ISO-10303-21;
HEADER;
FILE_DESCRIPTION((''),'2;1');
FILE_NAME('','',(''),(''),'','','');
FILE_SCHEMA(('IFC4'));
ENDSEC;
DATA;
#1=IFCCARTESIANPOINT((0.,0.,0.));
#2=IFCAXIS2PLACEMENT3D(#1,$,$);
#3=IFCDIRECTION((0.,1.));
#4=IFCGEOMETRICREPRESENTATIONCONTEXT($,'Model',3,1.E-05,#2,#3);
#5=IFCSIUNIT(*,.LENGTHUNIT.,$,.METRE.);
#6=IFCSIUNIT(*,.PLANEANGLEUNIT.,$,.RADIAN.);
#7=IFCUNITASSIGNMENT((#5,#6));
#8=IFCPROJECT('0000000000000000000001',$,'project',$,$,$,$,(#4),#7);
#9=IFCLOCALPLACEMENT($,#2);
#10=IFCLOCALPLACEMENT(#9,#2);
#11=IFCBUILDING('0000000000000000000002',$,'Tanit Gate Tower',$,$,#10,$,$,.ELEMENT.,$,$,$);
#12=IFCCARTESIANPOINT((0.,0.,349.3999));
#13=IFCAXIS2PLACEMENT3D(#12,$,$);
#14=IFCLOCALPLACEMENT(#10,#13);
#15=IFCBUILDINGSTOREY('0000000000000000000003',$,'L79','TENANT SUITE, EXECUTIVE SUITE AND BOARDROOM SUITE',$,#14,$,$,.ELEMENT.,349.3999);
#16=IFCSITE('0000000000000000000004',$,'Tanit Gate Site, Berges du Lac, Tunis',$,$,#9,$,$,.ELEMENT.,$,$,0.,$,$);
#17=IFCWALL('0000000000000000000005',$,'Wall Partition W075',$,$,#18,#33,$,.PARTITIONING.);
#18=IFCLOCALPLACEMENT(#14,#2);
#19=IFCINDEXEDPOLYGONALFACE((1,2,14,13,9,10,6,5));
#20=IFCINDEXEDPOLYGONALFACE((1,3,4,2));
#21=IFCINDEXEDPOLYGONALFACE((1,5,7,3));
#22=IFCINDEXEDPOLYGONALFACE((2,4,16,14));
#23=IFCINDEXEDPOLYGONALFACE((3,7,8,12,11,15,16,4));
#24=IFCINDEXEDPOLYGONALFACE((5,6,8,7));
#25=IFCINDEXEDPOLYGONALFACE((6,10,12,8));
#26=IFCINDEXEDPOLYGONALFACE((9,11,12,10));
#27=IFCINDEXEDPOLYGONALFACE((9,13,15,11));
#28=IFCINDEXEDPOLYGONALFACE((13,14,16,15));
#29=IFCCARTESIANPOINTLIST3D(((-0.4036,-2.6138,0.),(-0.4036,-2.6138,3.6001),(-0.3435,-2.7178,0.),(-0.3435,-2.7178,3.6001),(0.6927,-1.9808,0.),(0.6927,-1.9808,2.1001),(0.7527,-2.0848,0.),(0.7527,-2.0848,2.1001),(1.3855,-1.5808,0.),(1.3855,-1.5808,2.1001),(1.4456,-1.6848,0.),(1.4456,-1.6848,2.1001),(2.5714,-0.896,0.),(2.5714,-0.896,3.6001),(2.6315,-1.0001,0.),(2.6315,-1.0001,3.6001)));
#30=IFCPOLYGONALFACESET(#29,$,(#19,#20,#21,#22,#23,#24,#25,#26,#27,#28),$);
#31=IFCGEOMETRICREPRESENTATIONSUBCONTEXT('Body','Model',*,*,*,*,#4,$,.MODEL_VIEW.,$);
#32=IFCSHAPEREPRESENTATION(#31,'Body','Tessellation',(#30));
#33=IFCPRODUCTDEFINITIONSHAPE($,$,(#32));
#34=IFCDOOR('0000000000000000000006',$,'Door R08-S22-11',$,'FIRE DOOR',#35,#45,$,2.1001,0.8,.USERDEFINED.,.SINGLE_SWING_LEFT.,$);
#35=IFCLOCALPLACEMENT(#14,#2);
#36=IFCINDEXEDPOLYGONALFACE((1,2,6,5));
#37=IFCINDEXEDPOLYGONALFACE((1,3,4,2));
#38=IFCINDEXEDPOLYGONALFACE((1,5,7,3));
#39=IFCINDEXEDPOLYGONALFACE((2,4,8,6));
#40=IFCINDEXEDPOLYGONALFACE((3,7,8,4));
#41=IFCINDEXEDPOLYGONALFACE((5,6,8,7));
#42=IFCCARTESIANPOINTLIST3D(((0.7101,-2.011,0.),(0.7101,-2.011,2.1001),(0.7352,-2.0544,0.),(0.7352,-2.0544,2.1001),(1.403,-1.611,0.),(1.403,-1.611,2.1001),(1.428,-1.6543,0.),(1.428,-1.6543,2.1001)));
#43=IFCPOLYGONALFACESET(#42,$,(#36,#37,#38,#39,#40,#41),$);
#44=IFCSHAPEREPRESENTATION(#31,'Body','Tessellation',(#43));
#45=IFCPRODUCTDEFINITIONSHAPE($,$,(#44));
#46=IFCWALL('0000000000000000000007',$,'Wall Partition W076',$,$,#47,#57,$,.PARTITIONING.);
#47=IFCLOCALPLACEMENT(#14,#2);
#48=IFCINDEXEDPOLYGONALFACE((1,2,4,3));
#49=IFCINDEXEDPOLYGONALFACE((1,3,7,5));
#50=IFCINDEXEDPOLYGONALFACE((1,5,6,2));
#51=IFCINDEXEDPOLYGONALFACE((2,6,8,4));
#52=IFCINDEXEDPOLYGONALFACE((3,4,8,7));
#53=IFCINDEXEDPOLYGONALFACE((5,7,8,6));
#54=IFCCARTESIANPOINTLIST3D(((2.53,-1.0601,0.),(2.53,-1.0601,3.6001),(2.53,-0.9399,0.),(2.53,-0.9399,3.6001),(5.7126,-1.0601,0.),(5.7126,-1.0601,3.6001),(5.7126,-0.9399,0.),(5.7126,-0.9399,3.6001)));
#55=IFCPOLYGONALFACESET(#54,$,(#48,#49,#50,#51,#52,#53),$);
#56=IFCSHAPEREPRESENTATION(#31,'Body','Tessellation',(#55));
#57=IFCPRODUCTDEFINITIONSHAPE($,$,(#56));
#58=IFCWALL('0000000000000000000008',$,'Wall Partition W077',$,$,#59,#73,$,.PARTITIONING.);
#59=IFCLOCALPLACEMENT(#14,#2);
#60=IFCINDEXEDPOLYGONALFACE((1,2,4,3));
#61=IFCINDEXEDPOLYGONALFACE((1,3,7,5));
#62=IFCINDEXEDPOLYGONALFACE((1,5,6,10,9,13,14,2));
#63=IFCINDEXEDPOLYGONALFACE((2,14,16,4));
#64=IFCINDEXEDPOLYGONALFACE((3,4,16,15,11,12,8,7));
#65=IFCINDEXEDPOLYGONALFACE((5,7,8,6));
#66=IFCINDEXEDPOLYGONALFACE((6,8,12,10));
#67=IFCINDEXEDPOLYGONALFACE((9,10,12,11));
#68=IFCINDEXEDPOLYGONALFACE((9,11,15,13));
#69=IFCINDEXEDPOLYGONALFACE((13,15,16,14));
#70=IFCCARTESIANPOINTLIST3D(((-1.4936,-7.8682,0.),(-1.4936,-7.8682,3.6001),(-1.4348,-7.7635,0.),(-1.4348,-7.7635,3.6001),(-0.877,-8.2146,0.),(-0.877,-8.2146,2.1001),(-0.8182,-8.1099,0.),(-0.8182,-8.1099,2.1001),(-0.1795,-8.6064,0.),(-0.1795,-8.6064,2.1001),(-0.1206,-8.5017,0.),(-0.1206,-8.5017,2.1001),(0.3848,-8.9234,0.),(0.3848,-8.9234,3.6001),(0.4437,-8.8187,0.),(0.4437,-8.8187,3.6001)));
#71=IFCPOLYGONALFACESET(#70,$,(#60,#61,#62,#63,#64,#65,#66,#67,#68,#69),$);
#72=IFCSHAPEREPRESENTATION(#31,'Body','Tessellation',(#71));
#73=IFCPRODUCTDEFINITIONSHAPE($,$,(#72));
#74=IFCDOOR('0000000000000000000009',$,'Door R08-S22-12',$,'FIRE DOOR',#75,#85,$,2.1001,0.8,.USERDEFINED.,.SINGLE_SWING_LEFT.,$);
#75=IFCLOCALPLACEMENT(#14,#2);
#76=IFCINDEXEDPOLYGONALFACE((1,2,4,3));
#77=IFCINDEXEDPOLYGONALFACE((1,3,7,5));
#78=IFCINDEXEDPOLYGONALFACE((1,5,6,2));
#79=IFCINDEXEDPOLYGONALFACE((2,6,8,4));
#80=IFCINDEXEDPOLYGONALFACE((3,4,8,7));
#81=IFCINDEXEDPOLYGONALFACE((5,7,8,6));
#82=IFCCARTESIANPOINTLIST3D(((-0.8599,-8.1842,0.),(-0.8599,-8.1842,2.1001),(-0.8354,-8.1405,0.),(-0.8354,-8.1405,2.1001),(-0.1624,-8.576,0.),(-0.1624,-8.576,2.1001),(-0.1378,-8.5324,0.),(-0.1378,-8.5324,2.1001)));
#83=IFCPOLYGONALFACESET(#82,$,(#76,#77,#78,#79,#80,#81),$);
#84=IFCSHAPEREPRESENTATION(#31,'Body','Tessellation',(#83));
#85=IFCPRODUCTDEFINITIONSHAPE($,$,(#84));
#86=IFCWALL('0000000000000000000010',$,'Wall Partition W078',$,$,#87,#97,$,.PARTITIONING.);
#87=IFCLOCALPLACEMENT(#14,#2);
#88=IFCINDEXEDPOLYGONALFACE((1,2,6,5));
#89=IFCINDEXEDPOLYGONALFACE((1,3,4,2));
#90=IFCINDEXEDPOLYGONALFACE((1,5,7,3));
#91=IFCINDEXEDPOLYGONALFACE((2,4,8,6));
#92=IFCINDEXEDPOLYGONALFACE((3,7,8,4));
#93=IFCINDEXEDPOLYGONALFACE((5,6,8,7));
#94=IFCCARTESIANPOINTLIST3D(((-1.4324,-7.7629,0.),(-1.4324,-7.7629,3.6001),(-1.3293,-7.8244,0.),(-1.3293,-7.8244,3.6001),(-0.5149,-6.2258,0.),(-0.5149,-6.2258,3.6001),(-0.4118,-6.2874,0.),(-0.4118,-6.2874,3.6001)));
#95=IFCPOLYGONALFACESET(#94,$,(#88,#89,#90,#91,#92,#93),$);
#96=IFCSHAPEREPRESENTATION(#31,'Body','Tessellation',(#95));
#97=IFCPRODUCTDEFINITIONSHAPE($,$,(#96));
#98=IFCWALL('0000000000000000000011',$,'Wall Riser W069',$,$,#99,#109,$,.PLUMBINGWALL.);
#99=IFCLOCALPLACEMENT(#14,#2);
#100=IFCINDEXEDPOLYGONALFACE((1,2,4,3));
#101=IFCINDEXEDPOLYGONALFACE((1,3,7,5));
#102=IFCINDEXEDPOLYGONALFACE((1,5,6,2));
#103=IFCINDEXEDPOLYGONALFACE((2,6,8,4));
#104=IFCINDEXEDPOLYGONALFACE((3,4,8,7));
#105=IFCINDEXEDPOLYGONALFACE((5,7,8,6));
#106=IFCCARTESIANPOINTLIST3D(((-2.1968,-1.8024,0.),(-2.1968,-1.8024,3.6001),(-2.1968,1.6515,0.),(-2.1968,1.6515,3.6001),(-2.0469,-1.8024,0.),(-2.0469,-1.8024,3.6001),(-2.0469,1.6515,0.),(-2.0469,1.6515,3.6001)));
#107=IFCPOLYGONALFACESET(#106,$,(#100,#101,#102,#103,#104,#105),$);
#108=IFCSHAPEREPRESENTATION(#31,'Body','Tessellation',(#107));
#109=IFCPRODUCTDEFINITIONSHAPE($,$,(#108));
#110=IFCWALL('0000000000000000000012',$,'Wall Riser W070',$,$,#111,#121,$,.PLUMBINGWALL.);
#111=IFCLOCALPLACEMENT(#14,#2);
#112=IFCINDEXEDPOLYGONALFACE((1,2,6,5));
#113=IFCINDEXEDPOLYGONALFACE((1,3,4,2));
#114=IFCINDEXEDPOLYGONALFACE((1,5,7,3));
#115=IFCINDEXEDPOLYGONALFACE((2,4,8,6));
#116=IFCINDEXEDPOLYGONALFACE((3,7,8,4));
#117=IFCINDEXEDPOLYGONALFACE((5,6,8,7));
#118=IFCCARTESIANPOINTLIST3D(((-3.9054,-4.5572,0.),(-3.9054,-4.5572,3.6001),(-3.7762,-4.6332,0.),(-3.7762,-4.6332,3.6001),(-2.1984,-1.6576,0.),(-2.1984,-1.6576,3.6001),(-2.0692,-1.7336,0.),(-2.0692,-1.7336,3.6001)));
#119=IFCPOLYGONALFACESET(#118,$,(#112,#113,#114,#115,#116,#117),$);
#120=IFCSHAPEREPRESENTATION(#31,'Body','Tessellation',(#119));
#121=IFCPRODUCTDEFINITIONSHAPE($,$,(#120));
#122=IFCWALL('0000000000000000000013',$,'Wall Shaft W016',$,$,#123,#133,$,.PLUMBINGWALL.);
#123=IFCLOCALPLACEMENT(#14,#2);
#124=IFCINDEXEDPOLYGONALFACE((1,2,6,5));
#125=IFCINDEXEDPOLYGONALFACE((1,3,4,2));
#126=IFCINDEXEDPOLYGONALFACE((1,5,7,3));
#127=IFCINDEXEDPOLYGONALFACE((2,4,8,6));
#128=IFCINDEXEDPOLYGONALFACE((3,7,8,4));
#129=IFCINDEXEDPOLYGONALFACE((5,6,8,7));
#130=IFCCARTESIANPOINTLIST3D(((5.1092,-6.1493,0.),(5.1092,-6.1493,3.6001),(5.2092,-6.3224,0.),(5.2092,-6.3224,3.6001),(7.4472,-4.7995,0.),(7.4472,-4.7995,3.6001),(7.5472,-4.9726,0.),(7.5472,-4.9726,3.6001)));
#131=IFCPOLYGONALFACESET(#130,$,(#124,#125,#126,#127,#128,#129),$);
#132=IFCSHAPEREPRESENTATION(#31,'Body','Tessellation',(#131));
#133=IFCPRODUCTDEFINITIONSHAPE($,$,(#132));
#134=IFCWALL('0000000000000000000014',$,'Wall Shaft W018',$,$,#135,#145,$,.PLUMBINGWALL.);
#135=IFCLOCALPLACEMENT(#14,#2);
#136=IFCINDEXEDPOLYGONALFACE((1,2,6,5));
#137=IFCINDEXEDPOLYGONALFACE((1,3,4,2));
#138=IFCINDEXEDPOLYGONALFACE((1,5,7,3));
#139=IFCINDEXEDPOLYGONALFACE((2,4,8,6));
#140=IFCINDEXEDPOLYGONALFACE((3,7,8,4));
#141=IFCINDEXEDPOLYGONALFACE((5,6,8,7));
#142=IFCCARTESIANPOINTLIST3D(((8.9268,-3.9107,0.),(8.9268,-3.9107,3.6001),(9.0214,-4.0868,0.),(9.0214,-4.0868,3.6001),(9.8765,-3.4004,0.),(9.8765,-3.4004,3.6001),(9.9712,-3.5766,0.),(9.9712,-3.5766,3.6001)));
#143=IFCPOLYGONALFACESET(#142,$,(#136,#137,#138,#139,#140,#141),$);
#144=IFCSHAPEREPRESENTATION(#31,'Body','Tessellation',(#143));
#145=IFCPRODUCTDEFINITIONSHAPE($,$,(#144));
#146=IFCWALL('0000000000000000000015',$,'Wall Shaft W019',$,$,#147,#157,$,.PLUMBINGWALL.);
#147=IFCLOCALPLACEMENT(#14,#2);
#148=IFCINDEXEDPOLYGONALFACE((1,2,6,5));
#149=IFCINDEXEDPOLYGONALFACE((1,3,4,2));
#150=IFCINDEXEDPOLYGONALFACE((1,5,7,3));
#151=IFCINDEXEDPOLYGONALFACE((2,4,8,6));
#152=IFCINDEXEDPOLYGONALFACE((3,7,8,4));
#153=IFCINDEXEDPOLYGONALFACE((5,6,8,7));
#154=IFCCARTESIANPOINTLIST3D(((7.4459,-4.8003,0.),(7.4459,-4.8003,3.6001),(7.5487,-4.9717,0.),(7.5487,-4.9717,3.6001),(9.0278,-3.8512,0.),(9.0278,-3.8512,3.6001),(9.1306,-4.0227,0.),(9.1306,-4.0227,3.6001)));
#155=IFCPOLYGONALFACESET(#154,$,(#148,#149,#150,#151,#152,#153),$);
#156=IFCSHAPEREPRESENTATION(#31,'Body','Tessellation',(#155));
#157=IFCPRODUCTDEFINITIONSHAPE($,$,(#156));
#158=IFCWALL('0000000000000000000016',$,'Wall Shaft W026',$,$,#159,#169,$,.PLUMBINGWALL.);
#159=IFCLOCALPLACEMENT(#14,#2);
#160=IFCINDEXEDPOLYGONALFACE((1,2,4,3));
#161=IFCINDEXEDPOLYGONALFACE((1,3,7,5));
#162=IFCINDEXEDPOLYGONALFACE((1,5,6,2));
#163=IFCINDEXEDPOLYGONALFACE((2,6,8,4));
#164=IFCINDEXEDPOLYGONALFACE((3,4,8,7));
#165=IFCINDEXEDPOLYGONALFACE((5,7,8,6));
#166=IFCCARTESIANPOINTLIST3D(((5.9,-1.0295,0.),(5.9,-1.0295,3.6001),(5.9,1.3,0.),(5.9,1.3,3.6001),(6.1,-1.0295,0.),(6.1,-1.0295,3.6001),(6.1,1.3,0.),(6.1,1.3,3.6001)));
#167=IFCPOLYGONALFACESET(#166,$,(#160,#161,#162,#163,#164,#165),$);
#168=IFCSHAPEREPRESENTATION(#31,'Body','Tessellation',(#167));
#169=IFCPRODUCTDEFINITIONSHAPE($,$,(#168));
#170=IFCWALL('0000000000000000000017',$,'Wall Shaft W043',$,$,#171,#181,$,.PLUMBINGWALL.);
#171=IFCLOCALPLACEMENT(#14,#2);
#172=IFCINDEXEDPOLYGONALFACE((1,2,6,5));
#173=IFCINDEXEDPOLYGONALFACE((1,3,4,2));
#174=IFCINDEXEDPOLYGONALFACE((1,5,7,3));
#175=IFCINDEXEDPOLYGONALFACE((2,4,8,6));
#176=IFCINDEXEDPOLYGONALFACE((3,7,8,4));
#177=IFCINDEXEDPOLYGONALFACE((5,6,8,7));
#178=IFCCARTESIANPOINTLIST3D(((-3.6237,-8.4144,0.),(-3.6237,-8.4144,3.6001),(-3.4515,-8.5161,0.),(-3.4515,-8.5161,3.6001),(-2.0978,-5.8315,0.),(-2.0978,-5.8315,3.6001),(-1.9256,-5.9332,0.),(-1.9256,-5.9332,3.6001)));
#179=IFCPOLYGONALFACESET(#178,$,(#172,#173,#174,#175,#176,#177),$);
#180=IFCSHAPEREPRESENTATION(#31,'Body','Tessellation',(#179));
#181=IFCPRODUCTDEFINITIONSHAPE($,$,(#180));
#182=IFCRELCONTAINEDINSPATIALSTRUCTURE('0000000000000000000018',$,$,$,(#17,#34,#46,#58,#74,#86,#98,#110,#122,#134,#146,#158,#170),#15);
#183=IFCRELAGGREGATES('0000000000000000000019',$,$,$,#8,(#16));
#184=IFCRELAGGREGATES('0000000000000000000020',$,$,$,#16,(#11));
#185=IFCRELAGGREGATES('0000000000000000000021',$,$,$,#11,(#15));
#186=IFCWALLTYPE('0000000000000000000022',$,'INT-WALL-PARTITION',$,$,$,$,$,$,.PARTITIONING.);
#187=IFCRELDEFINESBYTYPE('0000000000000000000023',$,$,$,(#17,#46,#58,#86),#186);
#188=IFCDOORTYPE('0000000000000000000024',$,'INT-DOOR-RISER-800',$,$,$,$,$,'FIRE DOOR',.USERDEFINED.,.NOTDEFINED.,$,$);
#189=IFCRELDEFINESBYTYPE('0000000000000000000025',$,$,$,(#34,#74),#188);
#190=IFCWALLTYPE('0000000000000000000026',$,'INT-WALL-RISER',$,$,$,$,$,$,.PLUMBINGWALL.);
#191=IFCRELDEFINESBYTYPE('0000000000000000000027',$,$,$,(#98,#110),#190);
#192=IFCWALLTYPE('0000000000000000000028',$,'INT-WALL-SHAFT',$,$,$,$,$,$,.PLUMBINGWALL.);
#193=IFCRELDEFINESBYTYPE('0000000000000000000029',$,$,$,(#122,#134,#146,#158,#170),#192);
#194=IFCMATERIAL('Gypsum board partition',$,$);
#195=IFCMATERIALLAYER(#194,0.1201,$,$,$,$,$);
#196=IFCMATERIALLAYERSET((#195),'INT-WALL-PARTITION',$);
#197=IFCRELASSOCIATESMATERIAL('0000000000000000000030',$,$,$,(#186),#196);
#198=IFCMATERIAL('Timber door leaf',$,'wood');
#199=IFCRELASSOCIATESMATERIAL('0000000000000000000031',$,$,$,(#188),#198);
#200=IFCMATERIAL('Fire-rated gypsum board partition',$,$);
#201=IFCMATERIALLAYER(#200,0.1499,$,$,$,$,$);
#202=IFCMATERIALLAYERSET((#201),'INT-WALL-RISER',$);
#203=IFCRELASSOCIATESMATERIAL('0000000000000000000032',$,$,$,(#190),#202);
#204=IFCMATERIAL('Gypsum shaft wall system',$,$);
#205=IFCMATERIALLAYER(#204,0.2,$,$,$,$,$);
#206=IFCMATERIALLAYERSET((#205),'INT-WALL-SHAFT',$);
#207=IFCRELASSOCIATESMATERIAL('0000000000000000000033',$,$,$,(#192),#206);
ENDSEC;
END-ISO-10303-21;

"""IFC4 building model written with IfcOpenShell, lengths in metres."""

from ifc_helpers import new_model, si_unit, direction, frame, frame_2d, origin, place, context, subcontext, project, spatial, rectangle, extrude, material, layer, layer_set, type_object, element, fill, save


model = new_model("IFC4")

# Units and contexts
model_context = context("Model", 3, precision=1e-05, world=origin(), true_north=direction((0.0, 1.0)))
body_context = subcontext(model_context, "Body", "Model", "MODEL_VIEW")
ifc_project = project(units=[si_unit("LENGTHUNIT", "METRE"), si_unit("PLANEANGLEUNIT", "RADIAN")], contexts=[model_context])

# Site, building, storey
site_placement = place(None, origin())
site = spatial("IfcSite", under=ifc_project, at=site_placement, Name="Tanit Gate Site, Berges du Lac, Tunis", CompositionType="ELEMENT", RefElevation=0.0)
building_placement = place(site_placement, origin())
building = spatial("IfcBuilding", under=site, at=building_placement, Name="Tanit Gate Tower", CompositionType="ELEMENT")
storey_placement = place(building_placement, frame((0.0, 0.0, 349.3999)))
storey = spatial("IfcBuildingStorey", under=building, at=storey_placement, Name="L79", Description="TENANT SUITE, EXECUTIVE SUITE AND BOARDROOM SUITE", CompositionType="ELEMENT", Elevation=349.3999)

# Shared definitions
ifc_material_1 = material(Name="Gypsum board partition")
ifc_layer_1 = layer(ifc_material_1, 0.1201)
ifc_layer_set_1 = layer_set([ifc_layer_1], Name="INT-WALL-PARTITION")
wall_type_1 = type_object("IfcWallType", Name="INT-WALL-PARTITION", PredefinedType="PARTITIONING", material=ifc_layer_set_1)
ifc_material_2 = material(Name="Timber door leaf", Category="wood")
door_type_1 = type_object("IfcDoorType", Name="INT-DOOR-RISER-800", ElementType="FIRE DOOR", OperationType="NOTDEFINED", PredefinedType="USERDEFINED", material=ifc_material_2)

# Wall, opening, door
wall_1_placement = place(storey_placement, frame((2.6016, -0.948, 0.0), z_axis=(0.0, 0.0, 1.0), x_axis=(-0.866013, -0.500022, 0.0)))
wall_1 = element("IfcWall", 1, at=wall_1_placement, inside=storey, type_object=wall_type_1, Name="Wall Partition W075", PredefinedType="PARTITIONING", context=body_context, shape_type="SweptSolid", body=[
    extrude(rectangle(XDim=3.4353, YDim=0.1201, at=frame_2d((1.7178, 0.0))), origin(), (0.0, 0.0, 1.0), 3.6001),
])
opening_1_placement = place(wall_1_placement, frame((1.3696, 0.0, 0.0)))
opening_1 = element("IfcOpeningElement", 2, at=opening_1_placement, cuts=wall_1, PredefinedType="OPENING", context=body_context, shape_type="SweptSolid", body=[
    extrude(rectangle(XDim=0.8, YDim=2.1001, at=frame_2d((0.3999, 1.05))), frame((0.0, 0.0701, 0.0), z_axis=(0.0, -1.0, 0.0), x_axis=(1.0, 0.0, 0.0)), (0.0, 0.0, 1.0), 0.1401),
])
door_1_placement = place(opening_1_placement, origin())
door_1 = element("IfcDoor", 3, at=door_1_placement, inside=storey, type_object=door_type_1, Name="Door R08-S22-11", ObjectType="FIRE DOOR", OperationType="SINGLE_SWING_LEFT", OverallHeight=2.1001, OverallWidth=0.8, PredefinedType="USERDEFINED", context=body_context, shape_type="SweptSolid", body=[
    extrude(rectangle(XDim=0.8, YDim=2.1001, at=frame_2d((0.3999, 1.05))), frame((0.0, 0.0249, 0.0), z_axis=(0.0, -1.0, 0.0), x_axis=(1.0, 0.0, 0.0)), (0.0, 0.0, 1.0), 0.05),
])
fill(opening_1, door_1)

# Wall
wall_2_placement = place(storey_placement, frame((5.7126, -1.0, 0.0), z_axis=(0.0, 0.0, 1.0), x_axis=(-1.0, 0.0, 0.0)))
element("IfcWall", 4, at=wall_2_placement, inside=storey, type_object=wall_type_1, Name="Wall Partition W076", PredefinedType="PARTITIONING", context=body_context, shape_type="SweptSolid", body=[
    extrude(rectangle(XDim=3.1826, YDim=0.1201, at=frame_2d((1.5913, 0.0))), origin(), (0.0, 0.0, 1.0), 3.6001),
])

# Wall, opening, door
wall_3_placement = place(storey_placement, frame((-1.4641, -7.8159, 0.0), z_axis=(0.0, 0.0, 1.0), x_axis=(0.87186, -0.489755, 0.0)))
wall_3 = element("IfcWall", 5, at=wall_3_placement, inside=storey, type_object=wall_type_1, Name="Wall Partition W077", PredefinedType="PARTITIONING", context=body_context, shape_type="SweptSolid", body=[
    extrude(rectangle(XDim=2.1545, YDim=0.1201, at=frame_2d((1.0771, 0.0))), origin(), (0.0, 0.0, 1.0), 3.6001),
])
opening_2_placement = place(wall_3_placement, frame((0.7073, 0.0, 0.0)))
opening_2 = element("IfcOpeningElement", 6, at=opening_2_placement, cuts=wall_3, PredefinedType="OPENING", context=body_context, shape_type="SweptSolid", body=[
    extrude(rectangle(XDim=0.8, YDim=2.1001, at=frame_2d((0.3999, 1.05))), frame((0.0, 0.0701, 0.0), z_axis=(0.0, -1.0, 0.0), x_axis=(1.0, 0.0, 0.0)), (0.0, 0.0, 1.0), 0.1401),
])
door_2_placement = place(opening_2_placement, origin())
door_2 = element("IfcDoor", 7, at=door_2_placement, inside=storey, type_object=door_type_1, Name="Door R08-S22-12", ObjectType="FIRE DOOR", OperationType="SINGLE_SWING_LEFT", OverallHeight=2.1001, OverallWidth=0.8, PredefinedType="USERDEFINED", context=body_context, shape_type="SweptSolid", body=[
    extrude(rectangle(XDim=0.8, YDim=2.1001, at=frame_2d((0.3999, 1.05))), frame((0.0, 0.0249, 0.0), z_axis=(0.0, -1.0, 0.0), x_axis=(1.0, 0.0, 0.0)), (0.0, 0.0, 1.0), 0.05),
])
fill(opening_2, door_2)

# Walls
wall_4_placement = place(storey_placement, frame((-0.4634, -6.2566, 0.0), z_axis=(0.0, 0.0, 1.0), x_axis=(-0.512529, -0.85867, 0.0)))
element("IfcWall", 8, at=wall_4_placement, inside=storey, type_object=wall_type_1, Name="Wall Partition W078", PredefinedType="PARTITIONING", context=body_context, shape_type="SweptSolid", body=[
    extrude(rectangle(XDim=1.79, YDim=0.1201, at=frame_2d((0.895, 0.0))), origin(), (0.0, 0.0, 1.0), 3.6001),
])
ifc_material_3 = material(Name="Fire-rated gypsum board partition")
ifc_layer_2 = layer(ifc_material_3, 0.1499)
ifc_layer_set_2 = layer_set([ifc_layer_2], Name="INT-WALL-RISER")
wall_type_2 = type_object("IfcWallType", Name="INT-WALL-RISER", PredefinedType="PLUMBINGWALL", material=ifc_layer_set_2)
wall_5_placement = place(storey_placement, frame((-2.1218, -1.8025, 0.0), z_axis=(0.0, 0.0, 1.0), x_axis=(0.0, 1.0, 0.0)))
element("IfcWall", 9, at=wall_5_placement, inside=storey, type_object=wall_type_2, Name="Wall Riser W069", PredefinedType="PLUMBINGWALL", context=body_context, shape_type="SweptSolid", body=[
    extrude(rectangle(XDim=3.4539, YDim=0.1499, at=frame_2d((1.7271, 0.0))), origin(), (0.0, 0.0, 1.0), 3.6001),
])
wall_6_placement = place(storey_placement, frame((-3.8408, -4.5952, 0.0), z_axis=(0.0, 0.0, 1.0), x_axis=(0.507318, 0.861759, 0.0)))
element("IfcWall", 10, at=wall_6_placement, inside=storey, type_object=wall_type_2, Name="Wall Riser W070", PredefinedType="PLUMBINGWALL", context=body_context, shape_type="SweptSolid", body=[
    extrude(rectangle(XDim=3.3647, YDim=0.1499, at=frame_2d((1.6824, 0.0))), origin(), (0.0, 0.0, 1.0), 3.6001),
])
ifc_material_4 = material(Name="Gypsum shaft wall system")
ifc_layer_3 = layer(ifc_material_4, 0.2)
ifc_layer_set_3 = layer_set([ifc_layer_3], Name="INT-WALL-SHAFT")
wall_type_3 = type_object("IfcWallType", Name="INT-WALL-SHAFT", PredefinedType="PLUMBINGWALL", material=ifc_layer_set_3)
wall_7_placement = place(storey_placement, frame((5.1592, -6.2358, 0.0), z_axis=(0.0, 0.0, 1.0), x_axis=(0.866037, 0.499981, 0.0)))
element("IfcWall", 11, at=wall_7_placement, inside=storey, type_object=wall_type_3, Name="Wall Shaft W016", PredefinedType="PLUMBINGWALL", context=body_context, shape_type="SweptSolid", body=[
    extrude(rectangle(XDim=2.6997, YDim=0.2, at=frame_2d((1.3499, 0.0))), origin(), (0.0, 0.0, 1.0), 3.6001),
])
wall_8_placement = place(storey_placement, frame((8.9741, -3.9988, 0.0), z_axis=(0.0, 0.0, 1.0), x_axis=(0.880907, 0.473289, 0.0)))
element("IfcWall", 12, at=wall_8_placement, inside=storey, type_object=wall_type_3, Name="Wall Shaft W018", PredefinedType="PLUMBINGWALL", context=body_context, shape_type="SweptSolid", body=[
    extrude(rectangle(XDim=1.0781, YDim=0.2, at=frame_2d((0.5391, 0.0))), origin(), (0.0, 0.0, 1.0), 3.6001),
])
wall_9_placement = place(storey_placement, frame((7.4973, -4.886, 0.0), z_axis=(0.0, 0.0, 1.0), x_axis=(0.857516, 0.514457, 0.0)))
element("IfcWall", 13, at=wall_9_placement, inside=storey, type_object=wall_type_3, Name="Wall Shaft W019", PredefinedType="PLUMBINGWALL", context=body_context, shape_type="SweptSolid", body=[
    extrude(rectangle(XDim=1.8447, YDim=0.2, at=frame_2d((0.9224, 0.0))), origin(), (0.0, 0.0, 1.0), 3.6001),
])
wall_10_placement = place(storey_placement, frame((6.0, -1.0295, 0.0), z_axis=(0.0, 0.0, 1.0), x_axis=(0.0, 1.0, 0.0)))
element("IfcWall", 14, at=wall_10_placement, inside=storey, type_object=wall_type_3, Name="Wall Shaft W026", PredefinedType="PLUMBINGWALL", context=body_context, shape_type="SweptSolid", body=[
    extrude(rectangle(XDim=2.3296, YDim=0.2, at=frame_2d((1.1648, 0.0))), origin(), (0.0, 0.0, 1.0), 3.6001),
])

# Wall
wall_11_placement = place(storey_placement, frame((-2.0117, -5.8823, 0.0), z_axis=(0.0, 0.0, 1.0), x_axis=(-0.50862, -0.860991, 0.0)))
element("IfcWall", 15, at=wall_11_placement, inside=storey, type_object=wall_type_3, Name="Wall Shaft W043", PredefinedType="PLUMBINGWALL", context=body_context, shape_type="SweptSolid", body=[
    extrude(rectangle(XDim=3.0, YDim=0.2, at=frame_2d((1.5, 0.0))), origin(), (0.0, 0.0, 1.0), 3.6001),
])

save(model, "model.ifc")
